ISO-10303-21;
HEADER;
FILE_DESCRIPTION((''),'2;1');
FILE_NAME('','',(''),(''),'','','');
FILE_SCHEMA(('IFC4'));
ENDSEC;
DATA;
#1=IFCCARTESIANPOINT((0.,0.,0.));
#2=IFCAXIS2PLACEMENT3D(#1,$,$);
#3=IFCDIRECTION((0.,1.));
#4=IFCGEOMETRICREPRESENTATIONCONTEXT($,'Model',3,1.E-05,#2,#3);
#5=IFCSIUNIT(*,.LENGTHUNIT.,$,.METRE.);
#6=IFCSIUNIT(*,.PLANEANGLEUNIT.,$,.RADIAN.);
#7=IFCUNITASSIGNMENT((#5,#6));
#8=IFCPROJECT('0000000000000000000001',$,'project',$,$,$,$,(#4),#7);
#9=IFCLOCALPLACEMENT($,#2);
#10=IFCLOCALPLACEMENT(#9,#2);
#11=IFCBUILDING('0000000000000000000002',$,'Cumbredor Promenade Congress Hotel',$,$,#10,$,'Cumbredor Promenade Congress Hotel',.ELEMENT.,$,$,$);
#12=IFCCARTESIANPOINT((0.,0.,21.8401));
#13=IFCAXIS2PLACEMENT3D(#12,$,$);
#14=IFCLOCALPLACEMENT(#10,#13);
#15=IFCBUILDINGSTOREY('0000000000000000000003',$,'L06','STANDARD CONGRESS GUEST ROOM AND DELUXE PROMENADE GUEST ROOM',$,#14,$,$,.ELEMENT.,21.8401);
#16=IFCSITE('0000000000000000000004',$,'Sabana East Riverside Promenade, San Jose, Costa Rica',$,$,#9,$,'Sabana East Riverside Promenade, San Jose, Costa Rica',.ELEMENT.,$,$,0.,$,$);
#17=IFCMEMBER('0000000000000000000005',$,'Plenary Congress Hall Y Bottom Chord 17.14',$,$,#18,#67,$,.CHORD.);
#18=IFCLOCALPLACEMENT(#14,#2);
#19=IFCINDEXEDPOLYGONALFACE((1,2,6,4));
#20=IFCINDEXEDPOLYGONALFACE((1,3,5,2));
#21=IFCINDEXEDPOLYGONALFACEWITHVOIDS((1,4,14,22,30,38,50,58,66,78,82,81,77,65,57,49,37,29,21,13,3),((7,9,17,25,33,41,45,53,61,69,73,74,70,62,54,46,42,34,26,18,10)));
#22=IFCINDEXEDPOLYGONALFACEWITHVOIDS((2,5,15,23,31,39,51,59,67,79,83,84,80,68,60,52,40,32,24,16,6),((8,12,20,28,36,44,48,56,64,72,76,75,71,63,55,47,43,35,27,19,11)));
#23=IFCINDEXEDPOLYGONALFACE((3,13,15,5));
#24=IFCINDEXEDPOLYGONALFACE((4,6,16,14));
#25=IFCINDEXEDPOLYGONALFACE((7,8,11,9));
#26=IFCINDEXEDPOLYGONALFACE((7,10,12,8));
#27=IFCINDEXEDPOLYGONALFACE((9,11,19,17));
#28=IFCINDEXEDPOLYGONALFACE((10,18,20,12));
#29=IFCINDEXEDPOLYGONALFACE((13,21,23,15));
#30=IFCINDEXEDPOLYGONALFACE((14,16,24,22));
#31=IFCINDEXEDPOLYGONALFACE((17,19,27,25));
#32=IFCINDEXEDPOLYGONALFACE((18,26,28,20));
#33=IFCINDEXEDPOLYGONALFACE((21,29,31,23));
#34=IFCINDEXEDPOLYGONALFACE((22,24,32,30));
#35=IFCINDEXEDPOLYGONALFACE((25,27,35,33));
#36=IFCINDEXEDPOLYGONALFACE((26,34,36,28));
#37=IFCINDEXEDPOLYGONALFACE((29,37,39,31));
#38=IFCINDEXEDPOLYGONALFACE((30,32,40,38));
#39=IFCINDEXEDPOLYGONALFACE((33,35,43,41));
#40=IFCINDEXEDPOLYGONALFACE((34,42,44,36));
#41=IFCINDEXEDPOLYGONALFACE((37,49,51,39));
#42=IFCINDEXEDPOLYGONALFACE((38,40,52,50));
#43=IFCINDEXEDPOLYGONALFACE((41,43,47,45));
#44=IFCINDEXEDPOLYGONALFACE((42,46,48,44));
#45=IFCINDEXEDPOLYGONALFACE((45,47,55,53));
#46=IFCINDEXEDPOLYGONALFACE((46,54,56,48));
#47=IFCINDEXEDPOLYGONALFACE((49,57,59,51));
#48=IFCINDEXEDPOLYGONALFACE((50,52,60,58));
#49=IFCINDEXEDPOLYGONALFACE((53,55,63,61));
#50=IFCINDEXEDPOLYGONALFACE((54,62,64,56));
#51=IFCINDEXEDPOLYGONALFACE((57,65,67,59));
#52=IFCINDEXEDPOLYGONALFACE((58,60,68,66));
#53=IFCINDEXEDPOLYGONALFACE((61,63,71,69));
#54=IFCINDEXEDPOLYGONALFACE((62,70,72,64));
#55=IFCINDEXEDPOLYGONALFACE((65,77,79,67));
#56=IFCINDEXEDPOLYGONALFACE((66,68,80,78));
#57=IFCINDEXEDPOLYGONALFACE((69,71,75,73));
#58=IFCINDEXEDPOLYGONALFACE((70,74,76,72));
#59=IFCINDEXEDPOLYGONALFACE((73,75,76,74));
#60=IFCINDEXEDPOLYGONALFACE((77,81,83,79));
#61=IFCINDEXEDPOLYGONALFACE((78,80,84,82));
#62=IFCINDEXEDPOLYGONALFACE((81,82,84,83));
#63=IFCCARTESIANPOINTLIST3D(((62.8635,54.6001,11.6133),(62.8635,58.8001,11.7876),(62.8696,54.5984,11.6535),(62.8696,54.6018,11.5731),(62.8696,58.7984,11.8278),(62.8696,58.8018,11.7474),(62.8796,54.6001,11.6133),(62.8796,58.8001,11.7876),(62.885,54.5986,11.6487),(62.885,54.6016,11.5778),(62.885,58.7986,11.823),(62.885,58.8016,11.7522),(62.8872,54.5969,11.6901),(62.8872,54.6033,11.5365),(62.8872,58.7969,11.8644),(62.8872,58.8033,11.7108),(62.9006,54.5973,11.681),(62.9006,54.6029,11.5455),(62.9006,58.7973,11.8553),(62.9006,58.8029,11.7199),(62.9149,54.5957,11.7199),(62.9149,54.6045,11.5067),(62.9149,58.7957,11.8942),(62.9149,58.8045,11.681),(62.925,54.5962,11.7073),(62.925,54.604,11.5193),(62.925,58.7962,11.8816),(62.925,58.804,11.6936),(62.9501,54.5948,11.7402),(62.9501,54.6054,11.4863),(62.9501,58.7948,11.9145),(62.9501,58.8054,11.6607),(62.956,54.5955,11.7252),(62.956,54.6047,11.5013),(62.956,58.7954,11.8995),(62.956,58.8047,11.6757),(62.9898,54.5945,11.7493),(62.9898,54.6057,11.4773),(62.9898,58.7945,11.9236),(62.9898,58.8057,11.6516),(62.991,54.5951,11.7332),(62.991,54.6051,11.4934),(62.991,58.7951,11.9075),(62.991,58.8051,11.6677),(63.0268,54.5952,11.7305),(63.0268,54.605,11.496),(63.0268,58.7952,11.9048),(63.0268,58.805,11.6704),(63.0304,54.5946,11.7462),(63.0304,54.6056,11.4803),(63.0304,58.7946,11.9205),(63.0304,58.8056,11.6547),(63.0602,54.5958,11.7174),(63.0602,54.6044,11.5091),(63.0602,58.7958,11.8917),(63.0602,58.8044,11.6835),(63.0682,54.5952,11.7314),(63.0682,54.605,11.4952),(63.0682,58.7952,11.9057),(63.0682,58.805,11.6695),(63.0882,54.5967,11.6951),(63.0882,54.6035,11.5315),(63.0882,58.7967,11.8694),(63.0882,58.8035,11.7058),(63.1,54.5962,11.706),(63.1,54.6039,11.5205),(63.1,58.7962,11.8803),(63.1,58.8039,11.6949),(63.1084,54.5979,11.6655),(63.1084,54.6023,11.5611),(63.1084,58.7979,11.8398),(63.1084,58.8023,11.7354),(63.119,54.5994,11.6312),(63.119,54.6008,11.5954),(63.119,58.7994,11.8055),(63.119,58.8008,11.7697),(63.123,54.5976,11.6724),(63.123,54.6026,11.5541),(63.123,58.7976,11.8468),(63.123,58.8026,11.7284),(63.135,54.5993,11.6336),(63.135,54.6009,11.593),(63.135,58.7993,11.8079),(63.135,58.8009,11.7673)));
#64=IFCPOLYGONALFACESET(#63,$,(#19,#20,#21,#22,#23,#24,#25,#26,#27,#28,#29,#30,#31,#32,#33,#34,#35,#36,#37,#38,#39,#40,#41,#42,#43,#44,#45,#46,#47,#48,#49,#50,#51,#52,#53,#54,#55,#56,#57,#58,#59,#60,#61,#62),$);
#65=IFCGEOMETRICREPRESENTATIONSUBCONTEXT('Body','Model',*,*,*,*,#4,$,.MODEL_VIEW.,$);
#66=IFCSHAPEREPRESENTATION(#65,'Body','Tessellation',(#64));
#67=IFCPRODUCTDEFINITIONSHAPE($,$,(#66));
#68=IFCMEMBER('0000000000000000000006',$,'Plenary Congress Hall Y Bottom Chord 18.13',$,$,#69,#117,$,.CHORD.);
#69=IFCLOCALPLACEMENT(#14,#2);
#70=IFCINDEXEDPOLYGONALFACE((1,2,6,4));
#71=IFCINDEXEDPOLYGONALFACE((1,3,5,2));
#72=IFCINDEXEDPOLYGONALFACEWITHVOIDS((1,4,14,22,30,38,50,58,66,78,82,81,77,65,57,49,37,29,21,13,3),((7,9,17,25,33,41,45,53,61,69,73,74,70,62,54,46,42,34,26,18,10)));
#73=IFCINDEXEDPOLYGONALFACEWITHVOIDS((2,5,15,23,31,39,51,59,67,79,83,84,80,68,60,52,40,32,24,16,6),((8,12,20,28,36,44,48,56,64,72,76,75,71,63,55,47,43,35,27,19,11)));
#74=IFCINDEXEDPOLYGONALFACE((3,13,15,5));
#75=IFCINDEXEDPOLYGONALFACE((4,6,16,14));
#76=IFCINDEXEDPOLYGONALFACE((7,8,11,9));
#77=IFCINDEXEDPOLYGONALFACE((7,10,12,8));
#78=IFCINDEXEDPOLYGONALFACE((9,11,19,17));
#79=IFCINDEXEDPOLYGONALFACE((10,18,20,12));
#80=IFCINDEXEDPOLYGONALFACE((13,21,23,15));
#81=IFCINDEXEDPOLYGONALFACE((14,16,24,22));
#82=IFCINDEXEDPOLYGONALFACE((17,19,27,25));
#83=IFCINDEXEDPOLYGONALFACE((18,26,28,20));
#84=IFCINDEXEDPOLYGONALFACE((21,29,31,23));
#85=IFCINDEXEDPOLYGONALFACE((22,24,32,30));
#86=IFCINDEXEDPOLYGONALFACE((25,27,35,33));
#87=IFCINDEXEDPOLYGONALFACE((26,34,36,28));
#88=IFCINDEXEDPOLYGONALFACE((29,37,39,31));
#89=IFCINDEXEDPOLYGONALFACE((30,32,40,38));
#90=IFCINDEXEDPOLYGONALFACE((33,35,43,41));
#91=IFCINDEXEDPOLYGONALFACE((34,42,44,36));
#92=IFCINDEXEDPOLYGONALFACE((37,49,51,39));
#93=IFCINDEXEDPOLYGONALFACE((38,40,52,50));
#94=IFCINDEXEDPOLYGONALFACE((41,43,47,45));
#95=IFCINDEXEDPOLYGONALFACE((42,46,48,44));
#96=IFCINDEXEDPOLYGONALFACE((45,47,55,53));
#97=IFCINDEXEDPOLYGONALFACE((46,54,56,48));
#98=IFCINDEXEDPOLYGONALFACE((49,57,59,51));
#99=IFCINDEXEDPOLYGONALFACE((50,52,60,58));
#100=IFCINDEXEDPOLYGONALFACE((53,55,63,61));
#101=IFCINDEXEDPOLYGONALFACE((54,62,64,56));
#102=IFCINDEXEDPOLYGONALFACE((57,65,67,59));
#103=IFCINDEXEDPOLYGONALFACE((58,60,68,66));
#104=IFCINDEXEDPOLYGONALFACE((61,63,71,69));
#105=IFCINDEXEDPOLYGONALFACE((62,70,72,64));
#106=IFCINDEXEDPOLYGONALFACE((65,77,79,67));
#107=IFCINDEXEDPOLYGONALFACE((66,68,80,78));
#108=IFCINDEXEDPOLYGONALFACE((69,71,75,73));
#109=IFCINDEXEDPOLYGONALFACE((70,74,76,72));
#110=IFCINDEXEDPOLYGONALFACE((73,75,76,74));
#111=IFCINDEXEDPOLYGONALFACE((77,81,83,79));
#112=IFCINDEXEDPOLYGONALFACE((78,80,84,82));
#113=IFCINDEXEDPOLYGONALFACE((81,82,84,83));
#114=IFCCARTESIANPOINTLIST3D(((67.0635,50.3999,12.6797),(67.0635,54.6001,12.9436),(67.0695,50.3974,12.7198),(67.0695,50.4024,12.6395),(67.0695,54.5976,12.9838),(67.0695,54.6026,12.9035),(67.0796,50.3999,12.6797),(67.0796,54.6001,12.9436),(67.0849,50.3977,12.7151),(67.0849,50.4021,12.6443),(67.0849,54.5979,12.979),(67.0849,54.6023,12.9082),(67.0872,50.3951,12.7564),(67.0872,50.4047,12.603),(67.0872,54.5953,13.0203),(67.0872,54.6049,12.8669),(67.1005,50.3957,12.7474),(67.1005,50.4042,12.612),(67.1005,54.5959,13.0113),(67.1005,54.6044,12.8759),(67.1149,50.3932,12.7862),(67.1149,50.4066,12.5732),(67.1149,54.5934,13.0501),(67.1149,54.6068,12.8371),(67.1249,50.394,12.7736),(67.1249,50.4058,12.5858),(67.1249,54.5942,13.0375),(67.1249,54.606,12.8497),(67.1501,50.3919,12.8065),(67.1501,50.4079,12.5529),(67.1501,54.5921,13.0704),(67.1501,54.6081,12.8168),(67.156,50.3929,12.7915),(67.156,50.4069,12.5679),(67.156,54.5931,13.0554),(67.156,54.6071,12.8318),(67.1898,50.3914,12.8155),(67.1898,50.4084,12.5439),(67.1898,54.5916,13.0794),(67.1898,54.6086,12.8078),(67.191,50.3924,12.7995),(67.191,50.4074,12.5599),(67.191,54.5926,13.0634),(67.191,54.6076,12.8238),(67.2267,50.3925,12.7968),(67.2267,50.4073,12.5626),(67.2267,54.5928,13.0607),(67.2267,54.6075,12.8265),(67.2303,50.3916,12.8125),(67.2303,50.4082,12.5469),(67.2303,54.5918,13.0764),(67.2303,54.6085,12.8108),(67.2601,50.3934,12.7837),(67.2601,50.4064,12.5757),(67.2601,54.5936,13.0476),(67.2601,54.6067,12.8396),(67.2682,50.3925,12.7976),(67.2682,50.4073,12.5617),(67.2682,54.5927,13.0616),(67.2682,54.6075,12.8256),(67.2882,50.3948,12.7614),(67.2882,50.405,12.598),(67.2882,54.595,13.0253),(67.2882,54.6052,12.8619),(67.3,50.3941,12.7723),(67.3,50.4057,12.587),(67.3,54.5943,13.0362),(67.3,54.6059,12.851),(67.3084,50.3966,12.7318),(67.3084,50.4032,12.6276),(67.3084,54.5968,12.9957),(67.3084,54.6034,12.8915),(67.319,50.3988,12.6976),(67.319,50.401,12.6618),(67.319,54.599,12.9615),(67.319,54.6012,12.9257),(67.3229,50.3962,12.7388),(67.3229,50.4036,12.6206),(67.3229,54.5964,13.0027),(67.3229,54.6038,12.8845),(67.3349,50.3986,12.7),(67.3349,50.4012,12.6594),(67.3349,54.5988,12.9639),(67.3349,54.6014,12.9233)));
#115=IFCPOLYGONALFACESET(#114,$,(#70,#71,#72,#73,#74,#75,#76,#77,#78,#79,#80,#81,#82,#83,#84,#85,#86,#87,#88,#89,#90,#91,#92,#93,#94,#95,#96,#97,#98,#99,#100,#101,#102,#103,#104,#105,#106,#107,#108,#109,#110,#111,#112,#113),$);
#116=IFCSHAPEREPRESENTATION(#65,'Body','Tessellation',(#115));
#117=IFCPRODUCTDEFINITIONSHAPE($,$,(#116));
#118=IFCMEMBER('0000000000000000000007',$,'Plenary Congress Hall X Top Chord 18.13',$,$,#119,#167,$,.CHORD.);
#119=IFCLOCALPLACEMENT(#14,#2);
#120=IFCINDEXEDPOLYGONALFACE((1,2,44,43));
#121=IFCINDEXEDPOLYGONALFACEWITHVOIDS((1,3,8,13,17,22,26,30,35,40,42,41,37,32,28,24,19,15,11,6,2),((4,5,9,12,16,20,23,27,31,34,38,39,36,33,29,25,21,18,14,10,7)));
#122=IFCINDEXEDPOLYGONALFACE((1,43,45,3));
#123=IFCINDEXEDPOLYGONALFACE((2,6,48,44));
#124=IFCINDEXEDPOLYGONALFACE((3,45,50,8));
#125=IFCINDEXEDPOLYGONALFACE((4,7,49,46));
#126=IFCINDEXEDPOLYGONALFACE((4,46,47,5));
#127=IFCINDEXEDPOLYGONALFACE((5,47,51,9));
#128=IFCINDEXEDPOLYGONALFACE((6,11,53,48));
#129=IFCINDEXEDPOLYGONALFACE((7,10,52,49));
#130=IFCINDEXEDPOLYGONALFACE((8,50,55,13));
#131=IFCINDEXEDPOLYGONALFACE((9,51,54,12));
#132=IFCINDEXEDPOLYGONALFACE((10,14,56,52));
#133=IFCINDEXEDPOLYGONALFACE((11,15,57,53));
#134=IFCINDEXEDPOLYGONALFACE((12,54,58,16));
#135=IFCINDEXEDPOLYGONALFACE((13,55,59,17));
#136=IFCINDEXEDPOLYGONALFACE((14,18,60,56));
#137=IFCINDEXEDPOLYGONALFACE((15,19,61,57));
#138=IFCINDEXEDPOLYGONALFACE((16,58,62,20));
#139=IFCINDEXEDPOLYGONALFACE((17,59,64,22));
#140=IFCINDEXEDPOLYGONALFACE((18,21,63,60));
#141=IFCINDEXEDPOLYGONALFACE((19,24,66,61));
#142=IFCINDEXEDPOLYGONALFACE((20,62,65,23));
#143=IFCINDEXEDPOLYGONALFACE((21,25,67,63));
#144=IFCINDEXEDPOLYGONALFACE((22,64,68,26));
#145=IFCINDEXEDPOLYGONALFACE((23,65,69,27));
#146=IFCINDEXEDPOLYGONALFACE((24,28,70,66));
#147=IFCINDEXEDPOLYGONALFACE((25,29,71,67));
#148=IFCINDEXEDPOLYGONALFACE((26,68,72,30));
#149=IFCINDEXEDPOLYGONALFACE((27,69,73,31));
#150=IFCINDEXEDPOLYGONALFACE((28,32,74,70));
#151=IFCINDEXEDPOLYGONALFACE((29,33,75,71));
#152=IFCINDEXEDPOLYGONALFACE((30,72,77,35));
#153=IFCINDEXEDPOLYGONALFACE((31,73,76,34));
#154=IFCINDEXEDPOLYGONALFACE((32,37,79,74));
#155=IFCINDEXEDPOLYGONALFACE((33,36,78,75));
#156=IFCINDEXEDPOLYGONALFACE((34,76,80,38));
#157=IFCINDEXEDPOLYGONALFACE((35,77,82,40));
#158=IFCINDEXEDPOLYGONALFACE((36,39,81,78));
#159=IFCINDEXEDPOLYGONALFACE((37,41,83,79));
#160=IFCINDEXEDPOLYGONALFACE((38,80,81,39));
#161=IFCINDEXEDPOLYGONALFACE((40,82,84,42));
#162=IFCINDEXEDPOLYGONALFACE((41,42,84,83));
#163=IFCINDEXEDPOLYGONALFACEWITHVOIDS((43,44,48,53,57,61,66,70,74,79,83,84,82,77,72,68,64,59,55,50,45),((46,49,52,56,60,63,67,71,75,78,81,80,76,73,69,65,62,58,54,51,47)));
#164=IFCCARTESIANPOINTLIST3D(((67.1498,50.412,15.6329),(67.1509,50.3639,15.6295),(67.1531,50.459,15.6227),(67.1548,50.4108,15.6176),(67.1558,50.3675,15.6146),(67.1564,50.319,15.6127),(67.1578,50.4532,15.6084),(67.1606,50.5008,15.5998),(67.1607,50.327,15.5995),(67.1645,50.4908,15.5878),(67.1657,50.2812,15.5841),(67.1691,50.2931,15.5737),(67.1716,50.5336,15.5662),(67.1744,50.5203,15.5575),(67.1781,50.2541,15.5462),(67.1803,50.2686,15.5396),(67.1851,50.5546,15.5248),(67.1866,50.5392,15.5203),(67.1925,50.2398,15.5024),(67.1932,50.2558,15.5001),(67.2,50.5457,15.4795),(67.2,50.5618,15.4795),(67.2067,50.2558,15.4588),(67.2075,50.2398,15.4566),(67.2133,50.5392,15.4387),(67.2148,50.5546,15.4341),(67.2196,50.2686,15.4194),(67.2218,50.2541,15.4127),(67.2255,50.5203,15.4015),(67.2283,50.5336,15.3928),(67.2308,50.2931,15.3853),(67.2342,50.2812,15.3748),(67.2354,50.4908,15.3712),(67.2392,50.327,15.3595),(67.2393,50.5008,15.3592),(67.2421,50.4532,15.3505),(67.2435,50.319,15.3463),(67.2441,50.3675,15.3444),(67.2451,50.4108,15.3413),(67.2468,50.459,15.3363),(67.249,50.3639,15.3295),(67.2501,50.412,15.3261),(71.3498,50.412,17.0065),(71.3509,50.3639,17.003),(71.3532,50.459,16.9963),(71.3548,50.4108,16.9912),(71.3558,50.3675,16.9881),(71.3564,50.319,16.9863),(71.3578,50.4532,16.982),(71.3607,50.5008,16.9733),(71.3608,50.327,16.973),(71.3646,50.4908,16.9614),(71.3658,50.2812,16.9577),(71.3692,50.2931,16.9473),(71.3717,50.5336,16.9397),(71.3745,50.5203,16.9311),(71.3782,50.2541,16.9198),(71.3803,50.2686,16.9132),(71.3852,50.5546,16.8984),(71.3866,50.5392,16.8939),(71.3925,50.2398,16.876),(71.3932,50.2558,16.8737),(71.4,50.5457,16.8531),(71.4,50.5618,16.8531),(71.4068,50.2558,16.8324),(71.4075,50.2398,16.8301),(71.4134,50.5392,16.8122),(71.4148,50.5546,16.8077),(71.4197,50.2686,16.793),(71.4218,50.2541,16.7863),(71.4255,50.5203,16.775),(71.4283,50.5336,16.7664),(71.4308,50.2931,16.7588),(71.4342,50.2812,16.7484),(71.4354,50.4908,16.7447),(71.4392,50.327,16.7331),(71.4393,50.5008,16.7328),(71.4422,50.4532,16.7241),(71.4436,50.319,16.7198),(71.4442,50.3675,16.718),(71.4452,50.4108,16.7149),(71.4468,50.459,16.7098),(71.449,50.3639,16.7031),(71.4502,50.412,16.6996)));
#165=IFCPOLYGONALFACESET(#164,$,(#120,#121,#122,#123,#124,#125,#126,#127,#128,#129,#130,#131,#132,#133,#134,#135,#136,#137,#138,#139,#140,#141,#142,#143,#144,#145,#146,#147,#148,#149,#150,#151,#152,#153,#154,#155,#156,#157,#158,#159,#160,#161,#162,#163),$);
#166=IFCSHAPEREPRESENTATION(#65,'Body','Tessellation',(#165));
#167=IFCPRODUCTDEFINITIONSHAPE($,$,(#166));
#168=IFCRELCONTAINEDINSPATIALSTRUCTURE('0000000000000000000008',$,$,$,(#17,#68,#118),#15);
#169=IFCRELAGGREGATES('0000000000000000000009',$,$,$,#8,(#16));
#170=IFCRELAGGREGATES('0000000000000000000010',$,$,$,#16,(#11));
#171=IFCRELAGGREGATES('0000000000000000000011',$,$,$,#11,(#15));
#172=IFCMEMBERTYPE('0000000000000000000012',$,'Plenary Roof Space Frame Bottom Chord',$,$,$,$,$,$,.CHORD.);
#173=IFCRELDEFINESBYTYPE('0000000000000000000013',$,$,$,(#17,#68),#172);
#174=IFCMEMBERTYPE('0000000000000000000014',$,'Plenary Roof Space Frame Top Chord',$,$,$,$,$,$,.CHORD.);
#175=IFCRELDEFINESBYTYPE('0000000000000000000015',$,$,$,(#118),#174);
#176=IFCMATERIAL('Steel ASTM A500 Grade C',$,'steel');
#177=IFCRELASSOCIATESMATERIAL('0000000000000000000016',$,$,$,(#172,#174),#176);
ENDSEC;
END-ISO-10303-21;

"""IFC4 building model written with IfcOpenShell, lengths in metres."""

from ifc_helpers import new_model, si_unit, direction, frame, origin, origin_2d, place, context, subcontext, project, spatial, hollow_circle, extrude, material, material_profile, profile_set, type_object, element, save


model = new_model("IFC4")

# Units and contexts
model_context = context("Model", 3, precision=1e-05, world=origin(), true_north=direction((0.0, 1.0)))
body_context = subcontext(model_context, "Body", "Model", "MODEL_VIEW")
ifc_project = project(units=[si_unit("LENGTHUNIT", "METRE"), si_unit("PLANEANGLEUNIT", "RADIAN")], contexts=[model_context])

# Site, building, storey
site_placement = place(None, origin())
site = spatial("IfcSite", under=ifc_project, at=site_placement, Name="Sabana East Riverside Promenade, San Jose, Costa Rica", LongName="Sabana East Riverside Promenade, San Jose, Costa Rica", CompositionType="ELEMENT", RefElevation=0.0)
building_placement = place(site_placement, origin())
building = spatial("IfcBuilding", under=site, at=building_placement, Name="Cumbredor Promenade Congress Hotel", LongName="Cumbredor Promenade Congress Hotel", CompositionType="ELEMENT")
storey_placement = place(building_placement, frame((0.0, 0.0, 21.8401)))
storey = spatial("IfcBuildingStorey", under=building, at=storey_placement, Name="L06", Description="STANDARD CONGRESS GUEST ROOM AND DELUXE PROMENADE GUEST ROOM", CompositionType="ELEMENT", Elevation=21.8401)

# Members
ifc_material_1 = material(Name="Steel ASTM A500 Grade C", Category="steel")
ifc_material_profile_1 = material_profile(ifc_material_1, hollow_circle(Radius=0.1365, WallThickness=0.0161, at=origin_2d()), Name="CHS 273.0x16")
ifc_profile_set_1 = profile_set([ifc_material_profile_1], Name="Steel ASTM A500 Grade C")
member_type_1 = type_object("IfcMemberType", Name="Plenary Roof Space Frame Bottom Chord", PredefinedType="CHORD", material=ifc_profile_set_1)
member_1_placement = place(storey_placement, frame((63.0, 54.6001, 11.6133), z_axis=(0.0, 0.99914, 0.041469), x_axis=(-1.0, 0.0, 0.0)))
element("IfcMember", 1, at=member_1_placement, inside=storey, type_object=member_type_1, Name="Plenary Congress Hall Y Bottom Chord 17.14", PredefinedType="CHORD", context=body_context, shape_type="SweptSolid", body=[
    extrude(hollow_circle(Radius=0.1365, WallThickness=0.0161, at=origin_2d()), origin(), (0.0, 0.0, 1.0), 4.2036),
])
member_2_placement = place(storey_placement, frame((67.2, 50.3999, 12.6797), z_axis=(0.0, 0.998032, 0.062711), x_axis=(-1.0, 0.0, 0.0)))
element("IfcMember", 2, at=member_2_placement, inside=storey, type_object=member_type_1, Name="Plenary Congress Hall Y Bottom Chord 18.13", PredefinedType="CHORD", context=body_context, shape_type="SweptSolid", body=[
    extrude(hollow_circle(Radius=0.1365, WallThickness=0.0161, at=origin_2d()), origin(), (0.0, 0.0, 1.0), 4.2085),
])
ifc_material_profile_2 = material_profile(ifc_material_1, hollow_circle(Radius=0.1619, WallThickness=0.0161, at=origin_2d()), Name="CHS 323.9x16")
ifc_profile_set_2 = profile_set([ifc_material_profile_2], Name="Steel ASTM A500 Grade C")
member_type_2 = type_object("IfcMemberType", Name="Plenary Roof Space Frame Top Chord", PredefinedType="CHORD", material=ifc_profile_set_2)
member_3_placement = place(storey_placement, frame((67.2, 50.3999, 15.4795), z_axis=(0.950464, 0.0, 0.310836), x_axis=(0.0, 1.0, 0.0)))
element("IfcMember", 3, at=member_3_placement, inside=storey, type_object=member_type_2, Name="Plenary Congress Hall X Top Chord 18.13", PredefinedType="CHORD", context=body_context, shape_type="SweptSolid", body=[
    extrude(hollow_circle(Radius=0.1619, WallThickness=0.0161, at=origin_2d()), origin(), (0.0, 0.0, 1.0), 4.4189),
])

save(model, "model.ifc")
